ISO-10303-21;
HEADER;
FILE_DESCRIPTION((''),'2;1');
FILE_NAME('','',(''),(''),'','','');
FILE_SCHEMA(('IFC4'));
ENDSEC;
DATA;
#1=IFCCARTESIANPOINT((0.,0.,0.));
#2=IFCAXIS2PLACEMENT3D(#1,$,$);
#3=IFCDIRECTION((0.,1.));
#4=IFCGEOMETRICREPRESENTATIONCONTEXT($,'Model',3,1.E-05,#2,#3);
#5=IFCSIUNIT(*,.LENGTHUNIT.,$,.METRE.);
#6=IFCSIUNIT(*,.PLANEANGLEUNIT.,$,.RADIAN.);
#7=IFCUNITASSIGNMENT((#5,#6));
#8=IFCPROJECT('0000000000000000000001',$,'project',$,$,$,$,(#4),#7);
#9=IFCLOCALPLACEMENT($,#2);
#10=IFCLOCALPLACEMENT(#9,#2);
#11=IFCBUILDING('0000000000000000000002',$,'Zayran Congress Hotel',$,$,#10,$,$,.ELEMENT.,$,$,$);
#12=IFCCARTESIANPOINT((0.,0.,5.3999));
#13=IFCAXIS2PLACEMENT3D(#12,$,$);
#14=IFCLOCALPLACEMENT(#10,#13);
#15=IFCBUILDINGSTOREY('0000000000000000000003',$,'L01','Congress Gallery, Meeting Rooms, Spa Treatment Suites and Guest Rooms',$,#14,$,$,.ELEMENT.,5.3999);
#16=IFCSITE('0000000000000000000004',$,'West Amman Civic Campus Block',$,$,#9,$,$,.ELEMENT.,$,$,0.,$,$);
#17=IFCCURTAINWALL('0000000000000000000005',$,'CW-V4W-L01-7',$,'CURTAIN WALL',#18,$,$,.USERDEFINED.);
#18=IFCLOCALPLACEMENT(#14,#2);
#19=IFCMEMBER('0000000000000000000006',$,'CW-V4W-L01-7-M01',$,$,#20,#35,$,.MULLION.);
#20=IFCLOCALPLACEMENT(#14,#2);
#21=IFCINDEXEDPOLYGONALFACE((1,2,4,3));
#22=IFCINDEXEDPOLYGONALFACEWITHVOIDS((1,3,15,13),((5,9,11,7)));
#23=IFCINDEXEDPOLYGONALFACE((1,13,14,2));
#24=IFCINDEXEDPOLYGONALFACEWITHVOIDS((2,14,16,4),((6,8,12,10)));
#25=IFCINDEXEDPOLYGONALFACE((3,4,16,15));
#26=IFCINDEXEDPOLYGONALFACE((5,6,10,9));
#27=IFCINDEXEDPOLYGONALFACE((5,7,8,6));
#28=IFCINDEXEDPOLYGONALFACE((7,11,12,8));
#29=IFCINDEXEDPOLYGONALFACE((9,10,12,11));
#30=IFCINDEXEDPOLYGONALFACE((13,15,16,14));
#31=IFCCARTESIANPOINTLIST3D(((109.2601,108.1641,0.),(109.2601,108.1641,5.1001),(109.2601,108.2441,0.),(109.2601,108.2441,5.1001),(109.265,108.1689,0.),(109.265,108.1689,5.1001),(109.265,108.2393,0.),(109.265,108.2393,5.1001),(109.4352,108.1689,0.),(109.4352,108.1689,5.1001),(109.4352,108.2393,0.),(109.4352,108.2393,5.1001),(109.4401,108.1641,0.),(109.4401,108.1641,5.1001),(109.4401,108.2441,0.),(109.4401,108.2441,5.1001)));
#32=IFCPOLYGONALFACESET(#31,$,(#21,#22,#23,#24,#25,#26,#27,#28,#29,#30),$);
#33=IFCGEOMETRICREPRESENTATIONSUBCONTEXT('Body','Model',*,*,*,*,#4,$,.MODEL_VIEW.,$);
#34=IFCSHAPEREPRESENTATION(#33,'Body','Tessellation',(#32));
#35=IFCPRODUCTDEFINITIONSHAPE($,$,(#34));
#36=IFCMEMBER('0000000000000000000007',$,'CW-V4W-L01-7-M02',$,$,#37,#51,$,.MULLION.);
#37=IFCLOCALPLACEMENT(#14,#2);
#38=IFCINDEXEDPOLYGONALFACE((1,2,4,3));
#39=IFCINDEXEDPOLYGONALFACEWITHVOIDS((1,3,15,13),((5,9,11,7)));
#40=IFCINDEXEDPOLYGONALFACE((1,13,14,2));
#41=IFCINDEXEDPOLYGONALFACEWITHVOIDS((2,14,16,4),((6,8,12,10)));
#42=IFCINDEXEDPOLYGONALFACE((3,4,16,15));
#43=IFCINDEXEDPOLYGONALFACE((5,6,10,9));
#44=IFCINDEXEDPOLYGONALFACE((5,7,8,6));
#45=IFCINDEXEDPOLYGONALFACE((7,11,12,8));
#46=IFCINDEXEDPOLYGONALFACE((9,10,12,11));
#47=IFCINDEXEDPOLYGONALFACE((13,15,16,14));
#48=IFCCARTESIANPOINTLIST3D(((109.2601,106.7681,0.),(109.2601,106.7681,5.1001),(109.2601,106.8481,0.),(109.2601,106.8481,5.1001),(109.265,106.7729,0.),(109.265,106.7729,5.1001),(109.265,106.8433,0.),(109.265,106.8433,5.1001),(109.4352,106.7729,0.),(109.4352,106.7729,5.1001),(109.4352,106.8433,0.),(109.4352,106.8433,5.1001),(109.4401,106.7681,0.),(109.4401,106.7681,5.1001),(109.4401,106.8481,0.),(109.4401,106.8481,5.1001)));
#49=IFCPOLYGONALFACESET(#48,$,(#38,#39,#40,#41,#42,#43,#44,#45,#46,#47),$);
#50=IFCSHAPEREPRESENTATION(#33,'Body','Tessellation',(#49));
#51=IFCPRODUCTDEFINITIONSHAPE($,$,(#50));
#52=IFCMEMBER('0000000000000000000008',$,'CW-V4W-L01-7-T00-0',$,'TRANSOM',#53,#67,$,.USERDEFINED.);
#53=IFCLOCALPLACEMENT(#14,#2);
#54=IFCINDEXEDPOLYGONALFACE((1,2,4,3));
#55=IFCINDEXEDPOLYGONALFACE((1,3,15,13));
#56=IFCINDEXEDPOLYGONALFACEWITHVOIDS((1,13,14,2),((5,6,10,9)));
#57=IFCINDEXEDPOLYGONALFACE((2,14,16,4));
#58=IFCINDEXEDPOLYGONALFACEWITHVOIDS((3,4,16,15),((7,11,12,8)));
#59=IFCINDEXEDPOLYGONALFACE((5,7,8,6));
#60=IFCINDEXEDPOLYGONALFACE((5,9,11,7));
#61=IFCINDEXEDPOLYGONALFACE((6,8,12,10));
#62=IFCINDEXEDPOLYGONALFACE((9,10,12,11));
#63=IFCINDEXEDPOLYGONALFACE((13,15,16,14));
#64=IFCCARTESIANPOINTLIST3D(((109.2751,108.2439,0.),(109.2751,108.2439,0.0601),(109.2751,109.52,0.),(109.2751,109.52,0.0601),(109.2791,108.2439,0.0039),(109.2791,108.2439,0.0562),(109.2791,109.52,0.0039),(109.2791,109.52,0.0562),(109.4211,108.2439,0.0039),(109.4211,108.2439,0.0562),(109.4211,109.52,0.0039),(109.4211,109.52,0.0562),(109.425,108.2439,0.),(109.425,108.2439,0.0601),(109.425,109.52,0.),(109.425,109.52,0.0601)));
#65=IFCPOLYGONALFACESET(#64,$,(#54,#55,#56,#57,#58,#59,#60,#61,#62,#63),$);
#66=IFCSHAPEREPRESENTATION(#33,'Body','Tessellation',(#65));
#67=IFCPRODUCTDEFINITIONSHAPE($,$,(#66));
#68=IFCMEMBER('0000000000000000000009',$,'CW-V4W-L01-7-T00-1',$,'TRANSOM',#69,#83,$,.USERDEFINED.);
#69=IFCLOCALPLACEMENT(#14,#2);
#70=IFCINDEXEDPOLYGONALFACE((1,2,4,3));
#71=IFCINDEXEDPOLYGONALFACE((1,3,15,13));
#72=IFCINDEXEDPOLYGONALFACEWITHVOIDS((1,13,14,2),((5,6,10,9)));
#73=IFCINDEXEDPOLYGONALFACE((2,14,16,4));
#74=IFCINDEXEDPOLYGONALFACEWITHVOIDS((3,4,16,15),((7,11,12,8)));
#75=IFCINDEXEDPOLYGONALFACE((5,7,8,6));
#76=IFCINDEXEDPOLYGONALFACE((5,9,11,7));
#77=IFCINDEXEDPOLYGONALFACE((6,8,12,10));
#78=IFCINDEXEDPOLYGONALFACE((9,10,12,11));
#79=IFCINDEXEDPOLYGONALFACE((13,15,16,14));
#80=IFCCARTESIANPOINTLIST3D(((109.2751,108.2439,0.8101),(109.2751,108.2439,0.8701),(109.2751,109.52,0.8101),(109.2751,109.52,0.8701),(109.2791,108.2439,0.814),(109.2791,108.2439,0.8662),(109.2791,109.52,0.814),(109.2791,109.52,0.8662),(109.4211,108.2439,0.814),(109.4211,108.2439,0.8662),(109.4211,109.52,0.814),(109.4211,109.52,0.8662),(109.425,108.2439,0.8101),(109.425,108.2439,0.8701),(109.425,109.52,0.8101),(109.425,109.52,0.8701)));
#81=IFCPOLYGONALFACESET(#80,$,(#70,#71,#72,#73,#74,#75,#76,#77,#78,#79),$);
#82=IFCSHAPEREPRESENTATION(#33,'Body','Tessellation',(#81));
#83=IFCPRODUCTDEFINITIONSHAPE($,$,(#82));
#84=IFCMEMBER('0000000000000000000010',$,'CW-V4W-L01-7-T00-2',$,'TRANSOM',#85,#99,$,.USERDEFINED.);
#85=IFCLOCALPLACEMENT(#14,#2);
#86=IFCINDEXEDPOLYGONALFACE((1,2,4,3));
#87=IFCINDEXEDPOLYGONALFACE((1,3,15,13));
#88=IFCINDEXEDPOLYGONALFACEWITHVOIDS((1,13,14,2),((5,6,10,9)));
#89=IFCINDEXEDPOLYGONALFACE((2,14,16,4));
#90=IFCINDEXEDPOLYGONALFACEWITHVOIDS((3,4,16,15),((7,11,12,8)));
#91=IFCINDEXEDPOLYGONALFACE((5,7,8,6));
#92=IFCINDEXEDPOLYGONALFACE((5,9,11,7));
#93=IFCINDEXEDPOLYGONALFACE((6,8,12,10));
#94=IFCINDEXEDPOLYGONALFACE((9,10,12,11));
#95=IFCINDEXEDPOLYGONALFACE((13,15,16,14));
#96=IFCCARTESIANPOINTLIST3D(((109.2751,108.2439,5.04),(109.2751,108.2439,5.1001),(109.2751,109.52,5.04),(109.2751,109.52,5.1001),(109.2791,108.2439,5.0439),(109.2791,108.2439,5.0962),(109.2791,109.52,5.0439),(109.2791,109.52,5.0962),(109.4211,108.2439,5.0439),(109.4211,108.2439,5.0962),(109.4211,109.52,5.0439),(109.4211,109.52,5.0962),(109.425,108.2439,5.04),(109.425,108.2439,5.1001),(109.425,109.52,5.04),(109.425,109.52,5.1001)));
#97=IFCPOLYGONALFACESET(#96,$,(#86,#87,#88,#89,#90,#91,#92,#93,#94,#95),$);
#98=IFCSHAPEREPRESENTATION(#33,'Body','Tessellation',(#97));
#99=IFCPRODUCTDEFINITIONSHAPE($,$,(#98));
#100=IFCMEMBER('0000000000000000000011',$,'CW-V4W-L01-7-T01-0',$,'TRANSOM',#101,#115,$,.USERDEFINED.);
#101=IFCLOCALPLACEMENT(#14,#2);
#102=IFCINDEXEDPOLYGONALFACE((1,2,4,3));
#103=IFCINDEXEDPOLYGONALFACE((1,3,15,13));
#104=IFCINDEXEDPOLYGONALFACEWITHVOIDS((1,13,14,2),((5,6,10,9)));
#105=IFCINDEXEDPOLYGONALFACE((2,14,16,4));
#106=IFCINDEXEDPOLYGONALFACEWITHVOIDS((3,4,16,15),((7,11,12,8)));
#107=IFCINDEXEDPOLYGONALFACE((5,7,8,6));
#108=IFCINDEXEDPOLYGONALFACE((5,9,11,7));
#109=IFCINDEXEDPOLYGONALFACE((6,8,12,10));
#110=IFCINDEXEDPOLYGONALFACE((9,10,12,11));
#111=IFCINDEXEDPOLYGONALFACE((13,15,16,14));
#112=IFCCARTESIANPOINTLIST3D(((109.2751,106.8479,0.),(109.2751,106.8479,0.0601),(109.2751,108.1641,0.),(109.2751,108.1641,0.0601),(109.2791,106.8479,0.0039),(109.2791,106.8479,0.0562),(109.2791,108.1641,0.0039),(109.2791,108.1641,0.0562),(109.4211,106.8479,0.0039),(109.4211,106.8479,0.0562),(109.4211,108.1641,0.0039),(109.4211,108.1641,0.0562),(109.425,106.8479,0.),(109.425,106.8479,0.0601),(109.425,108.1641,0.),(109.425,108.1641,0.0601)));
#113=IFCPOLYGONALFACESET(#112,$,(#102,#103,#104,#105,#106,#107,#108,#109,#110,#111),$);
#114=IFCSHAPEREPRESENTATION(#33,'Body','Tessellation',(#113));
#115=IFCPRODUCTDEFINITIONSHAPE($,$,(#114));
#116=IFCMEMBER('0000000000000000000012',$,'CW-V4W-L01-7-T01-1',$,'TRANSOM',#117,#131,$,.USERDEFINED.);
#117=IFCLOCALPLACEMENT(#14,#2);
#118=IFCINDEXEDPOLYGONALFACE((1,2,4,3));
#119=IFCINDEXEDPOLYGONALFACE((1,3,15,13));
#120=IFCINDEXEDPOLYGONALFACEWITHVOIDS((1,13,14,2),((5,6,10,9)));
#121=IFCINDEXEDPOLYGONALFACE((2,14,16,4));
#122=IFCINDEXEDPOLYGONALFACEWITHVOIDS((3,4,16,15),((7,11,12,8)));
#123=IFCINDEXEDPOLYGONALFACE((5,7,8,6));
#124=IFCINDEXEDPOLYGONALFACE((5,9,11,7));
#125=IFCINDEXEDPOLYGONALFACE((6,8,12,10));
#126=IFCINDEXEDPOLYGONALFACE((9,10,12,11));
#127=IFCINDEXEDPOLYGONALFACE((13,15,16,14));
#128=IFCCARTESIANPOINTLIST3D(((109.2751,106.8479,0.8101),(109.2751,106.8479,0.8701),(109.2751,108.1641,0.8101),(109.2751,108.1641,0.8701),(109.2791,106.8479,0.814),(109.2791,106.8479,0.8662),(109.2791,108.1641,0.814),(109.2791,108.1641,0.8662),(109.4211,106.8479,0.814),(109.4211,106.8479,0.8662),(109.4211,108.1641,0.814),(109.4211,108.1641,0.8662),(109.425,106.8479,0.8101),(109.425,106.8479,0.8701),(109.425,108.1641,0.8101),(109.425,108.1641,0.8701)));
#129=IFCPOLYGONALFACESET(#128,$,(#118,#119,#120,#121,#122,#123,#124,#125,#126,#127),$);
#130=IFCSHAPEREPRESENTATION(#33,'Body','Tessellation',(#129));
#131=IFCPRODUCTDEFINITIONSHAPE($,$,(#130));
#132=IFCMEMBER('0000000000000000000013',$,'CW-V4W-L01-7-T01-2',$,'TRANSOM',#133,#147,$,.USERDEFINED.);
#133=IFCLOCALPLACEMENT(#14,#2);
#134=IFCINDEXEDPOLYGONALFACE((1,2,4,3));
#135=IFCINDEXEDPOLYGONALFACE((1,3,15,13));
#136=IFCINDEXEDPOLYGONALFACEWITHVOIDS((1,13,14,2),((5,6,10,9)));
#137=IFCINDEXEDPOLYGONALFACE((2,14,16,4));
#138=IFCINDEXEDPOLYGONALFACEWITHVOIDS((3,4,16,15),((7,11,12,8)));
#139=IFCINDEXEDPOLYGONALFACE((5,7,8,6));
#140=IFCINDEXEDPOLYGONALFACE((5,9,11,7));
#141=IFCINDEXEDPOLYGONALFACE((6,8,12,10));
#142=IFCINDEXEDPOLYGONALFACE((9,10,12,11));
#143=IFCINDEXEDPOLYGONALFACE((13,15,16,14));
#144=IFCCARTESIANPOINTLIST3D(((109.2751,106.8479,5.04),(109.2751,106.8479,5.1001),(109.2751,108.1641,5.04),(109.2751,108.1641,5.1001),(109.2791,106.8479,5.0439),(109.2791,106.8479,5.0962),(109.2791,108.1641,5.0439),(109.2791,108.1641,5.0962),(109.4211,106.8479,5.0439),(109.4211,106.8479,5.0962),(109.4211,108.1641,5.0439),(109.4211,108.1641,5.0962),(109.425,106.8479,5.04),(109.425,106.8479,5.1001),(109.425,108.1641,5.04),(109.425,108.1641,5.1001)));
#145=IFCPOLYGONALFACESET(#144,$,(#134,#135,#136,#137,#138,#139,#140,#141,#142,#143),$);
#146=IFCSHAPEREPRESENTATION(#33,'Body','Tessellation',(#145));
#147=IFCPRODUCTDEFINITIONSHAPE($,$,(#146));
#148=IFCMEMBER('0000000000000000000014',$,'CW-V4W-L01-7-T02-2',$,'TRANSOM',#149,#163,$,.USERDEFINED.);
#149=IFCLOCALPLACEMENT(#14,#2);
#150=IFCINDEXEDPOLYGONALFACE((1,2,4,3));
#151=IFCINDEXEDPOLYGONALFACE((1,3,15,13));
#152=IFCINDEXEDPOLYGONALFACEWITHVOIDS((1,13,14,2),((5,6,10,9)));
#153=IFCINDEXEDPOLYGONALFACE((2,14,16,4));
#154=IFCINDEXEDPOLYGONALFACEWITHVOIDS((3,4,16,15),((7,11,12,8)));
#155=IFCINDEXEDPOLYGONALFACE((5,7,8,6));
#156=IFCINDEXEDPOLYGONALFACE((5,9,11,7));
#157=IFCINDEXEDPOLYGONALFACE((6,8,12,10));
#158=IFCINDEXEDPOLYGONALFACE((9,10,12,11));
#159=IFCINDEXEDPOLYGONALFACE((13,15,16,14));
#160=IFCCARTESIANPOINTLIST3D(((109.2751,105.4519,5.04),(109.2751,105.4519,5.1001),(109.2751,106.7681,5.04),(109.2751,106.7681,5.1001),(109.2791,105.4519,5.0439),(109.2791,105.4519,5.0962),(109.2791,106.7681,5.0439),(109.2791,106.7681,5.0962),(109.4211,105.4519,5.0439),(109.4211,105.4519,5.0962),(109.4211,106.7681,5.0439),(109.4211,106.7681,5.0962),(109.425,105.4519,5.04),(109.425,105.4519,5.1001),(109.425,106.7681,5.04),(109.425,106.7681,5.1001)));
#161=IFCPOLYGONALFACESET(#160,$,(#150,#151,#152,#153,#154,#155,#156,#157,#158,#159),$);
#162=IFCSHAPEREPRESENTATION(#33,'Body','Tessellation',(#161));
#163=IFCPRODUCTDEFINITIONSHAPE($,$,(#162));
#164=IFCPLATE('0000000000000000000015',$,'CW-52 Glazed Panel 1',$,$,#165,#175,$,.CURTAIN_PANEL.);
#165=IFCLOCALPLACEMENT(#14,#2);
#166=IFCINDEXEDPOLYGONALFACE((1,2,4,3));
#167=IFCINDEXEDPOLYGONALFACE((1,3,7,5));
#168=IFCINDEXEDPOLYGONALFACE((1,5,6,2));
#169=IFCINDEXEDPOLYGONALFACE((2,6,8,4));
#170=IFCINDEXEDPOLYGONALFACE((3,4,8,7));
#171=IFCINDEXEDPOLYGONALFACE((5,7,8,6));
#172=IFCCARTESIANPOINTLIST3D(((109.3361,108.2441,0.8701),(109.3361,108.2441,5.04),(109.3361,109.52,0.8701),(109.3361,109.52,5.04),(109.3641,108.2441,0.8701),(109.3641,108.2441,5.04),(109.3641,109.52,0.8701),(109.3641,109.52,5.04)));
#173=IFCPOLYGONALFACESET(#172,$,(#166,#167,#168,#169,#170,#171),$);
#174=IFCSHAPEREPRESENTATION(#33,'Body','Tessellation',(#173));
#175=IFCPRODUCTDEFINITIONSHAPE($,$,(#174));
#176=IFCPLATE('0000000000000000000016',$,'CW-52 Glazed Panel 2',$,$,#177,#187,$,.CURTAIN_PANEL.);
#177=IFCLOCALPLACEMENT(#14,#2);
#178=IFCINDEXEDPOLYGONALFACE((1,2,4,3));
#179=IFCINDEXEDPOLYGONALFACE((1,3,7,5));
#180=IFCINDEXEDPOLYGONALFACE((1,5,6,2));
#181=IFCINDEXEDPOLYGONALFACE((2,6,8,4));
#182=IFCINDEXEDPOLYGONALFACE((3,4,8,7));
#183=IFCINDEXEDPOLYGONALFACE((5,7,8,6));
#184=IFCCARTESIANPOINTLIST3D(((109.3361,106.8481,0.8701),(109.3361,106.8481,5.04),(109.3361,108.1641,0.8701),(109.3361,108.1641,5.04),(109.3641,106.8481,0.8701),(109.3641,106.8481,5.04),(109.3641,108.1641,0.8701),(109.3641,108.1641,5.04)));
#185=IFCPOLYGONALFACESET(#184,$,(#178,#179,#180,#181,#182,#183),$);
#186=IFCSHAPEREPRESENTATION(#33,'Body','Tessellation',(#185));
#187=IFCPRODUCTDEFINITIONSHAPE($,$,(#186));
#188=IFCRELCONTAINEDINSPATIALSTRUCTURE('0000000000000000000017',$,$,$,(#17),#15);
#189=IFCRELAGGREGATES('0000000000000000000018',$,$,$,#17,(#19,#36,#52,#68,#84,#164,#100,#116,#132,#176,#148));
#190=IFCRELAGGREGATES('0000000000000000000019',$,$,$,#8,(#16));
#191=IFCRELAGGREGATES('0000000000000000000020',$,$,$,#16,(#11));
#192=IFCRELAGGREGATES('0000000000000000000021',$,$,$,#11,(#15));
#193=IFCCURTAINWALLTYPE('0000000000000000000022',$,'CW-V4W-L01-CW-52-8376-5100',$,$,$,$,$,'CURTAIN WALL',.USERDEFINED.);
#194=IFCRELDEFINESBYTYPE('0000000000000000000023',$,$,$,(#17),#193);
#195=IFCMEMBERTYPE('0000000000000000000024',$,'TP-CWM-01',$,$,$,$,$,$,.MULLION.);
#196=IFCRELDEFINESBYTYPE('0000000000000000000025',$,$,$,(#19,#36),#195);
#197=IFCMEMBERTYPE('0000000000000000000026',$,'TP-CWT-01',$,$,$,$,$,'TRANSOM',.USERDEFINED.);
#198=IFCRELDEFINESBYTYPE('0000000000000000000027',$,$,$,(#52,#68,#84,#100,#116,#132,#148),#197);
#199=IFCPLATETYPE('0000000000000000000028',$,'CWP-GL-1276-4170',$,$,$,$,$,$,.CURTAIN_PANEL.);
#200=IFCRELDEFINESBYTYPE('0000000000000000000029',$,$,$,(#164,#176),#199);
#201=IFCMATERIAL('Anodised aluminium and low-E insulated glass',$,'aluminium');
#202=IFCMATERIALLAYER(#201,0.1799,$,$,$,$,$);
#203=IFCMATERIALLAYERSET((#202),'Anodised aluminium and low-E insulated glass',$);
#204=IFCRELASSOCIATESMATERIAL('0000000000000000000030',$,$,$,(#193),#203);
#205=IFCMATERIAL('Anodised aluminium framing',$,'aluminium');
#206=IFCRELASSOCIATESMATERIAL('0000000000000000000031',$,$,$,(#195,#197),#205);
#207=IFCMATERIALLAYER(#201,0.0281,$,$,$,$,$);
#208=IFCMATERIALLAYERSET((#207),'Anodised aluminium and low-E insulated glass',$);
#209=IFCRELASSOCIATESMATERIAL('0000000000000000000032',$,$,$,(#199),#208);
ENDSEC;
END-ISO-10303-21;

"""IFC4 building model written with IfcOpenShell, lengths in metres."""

from ifc_helpers import new_model, si_unit, direction, frame, origin, origin_2d, place, context, subcontext, project, spatial, rectangle, hollow_rectangle, extrude, material, layer, layer_set, material_profile, profile_set, type_object, element, aggregate, save


model = new_model("IFC4")

# Units and contexts
model_context = context("Model", 3, precision=1e-05, world=origin(), true_north=direction((0.0, 1.0)))
body_context = subcontext(model_context, "Body", "Model", "MODEL_VIEW")
ifc_project = project(units=[si_unit("LENGTHUNIT", "METRE"), si_unit("PLANEANGLEUNIT", "RADIAN")], contexts=[model_context])

# Site, building, storey
site_placement = place(None, origin())
site = spatial("IfcSite", under=ifc_project, at=site_placement, Name="West Amman Civic Campus Block", CompositionType="ELEMENT", RefElevation=0.0)
building_placement = place(site_placement, origin())
building = spatial("IfcBuilding", under=site, at=building_placement, Name="Zayran Congress Hotel", CompositionType="ELEMENT")
storey_placement = place(building_placement, frame((0.0, 0.0, 5.3999)))
storey = spatial("IfcBuildingStorey", under=building, at=storey_placement, Name="L01", Description="Congress Gallery, Meeting Rooms, Spa Treatment Suites and Guest Rooms", CompositionType="ELEMENT", Elevation=5.3999)

# Curtain wall, members, plates
ifc_material_1 = material(Name="Anodised aluminium and low-E insulated glass", Category="aluminium")
ifc_layer_1 = layer(ifc_material_1, 0.1799)
ifc_layer_set_1 = layer_set([ifc_layer_1], Name="Anodised aluminium and low-E insulated glass")
curtain_wall_type = type_object("IfcCurtainWallType", Name="CW-V4W-L01-CW-52-8376-5100", ElementType="CURTAIN WALL", PredefinedType="USERDEFINED", material=ifc_layer_set_1)
curtain_wall_placement = place(storey_placement, origin())
curtain_wall = element("IfcCurtainWall", 1, at=curtain_wall_placement, inside=storey, type_object=curtain_wall_type, Name="CW-V4W-L01-7", ObjectType="CURTAIN WALL", PredefinedType="USERDEFINED")
ifc_material_2 = material(Name="Anodised aluminium framing", Category="aluminium")
ifc_material_profile_1 = material_profile(ifc_material_2, hollow_rectangle(XDim=0.0801, YDim=0.1799, WallThickness=0.0049, at=origin_2d()), Name="RHS 180x80x5")
ifc_profile_set_1 = profile_set([ifc_material_profile_1], Name="Anodised aluminium framing")
member_type_1 = type_object("IfcMemberType", Name="TP-CWM-01", PredefinedType="MULLION", material=ifc_profile_set_1)
member_1_placement = place(storey_placement, frame((109.3501, 108.2041, 0.0), z_axis=(0.0, 0.0, 1.0), x_axis=(0.0, 1.0, 0.0)))
member_1 = element("IfcMember", 2, at=member_1_placement, type_object=member_type_1, Name="CW-V4W-L01-7-M01", PredefinedType="MULLION", context=body_context, shape_type="SweptSolid", body=[
    extrude(hollow_rectangle(XDim=0.0801, YDim=0.1799, WallThickness=0.0049, at=origin_2d()), origin(), (0.0, 0.0, 1.0), 5.1001),
])
member_2_placement = place(storey_placement, frame((109.3501, 106.8081, 0.0), z_axis=(0.0, 0.0, 1.0), x_axis=(0.0, 1.0, 0.0)))
member_2 = element("IfcMember", 3, at=member_2_placement, type_object=member_type_1, Name="CW-V4W-L01-7-M02", PredefinedType="MULLION", context=body_context, shape_type="SweptSolid", body=[
    extrude(hollow_rectangle(XDim=0.0801, YDim=0.1799, WallThickness=0.0049, at=origin_2d()), origin(), (0.0, 0.0, 1.0), 5.1001),
])
ifc_material_profile_2 = material_profile(ifc_material_2, hollow_rectangle(XDim=0.0601, YDim=0.1499, WallThickness=0.0039, at=origin_2d()), Name="RHS 150x60x4")
ifc_profile_set_2 = profile_set([ifc_material_profile_2], Name="Anodised aluminium framing")
member_type_2 = type_object("IfcMemberType", Name="TP-CWT-01", ElementType="TRANSOM", PredefinedType="USERDEFINED", material=ifc_profile_set_2)
member_3_placement = place(storey_placement, frame((109.3501, 109.52, 0.03), z_axis=(0.0, -1.0, 0.0), x_axis=(0.0, 0.0, 1.0)))
member_3 = element("IfcMember", 4, at=member_3_placement, type_object=member_type_2, Name="CW-V4W-L01-7-T00-0", ObjectType="TRANSOM", PredefinedType="USERDEFINED", context=body_context, shape_type="SweptSolid", body=[
    extrude(hollow_rectangle(XDim=0.0601, YDim=0.1499, WallThickness=0.0039, at=origin_2d()), origin(), (0.0, 0.0, 1.0), 1.2761),
])
member_4_placement = place(storey_placement, frame((109.3501, 109.52, 0.8401), z_axis=(0.0, -1.0, 0.0), x_axis=(0.0, 0.0, 1.0)))
member_4 = element("IfcMember", 5, at=member_4_placement, type_object=member_type_2, Name="CW-V4W-L01-7-T00-1", ObjectType="TRANSOM", PredefinedType="USERDEFINED", context=body_context, shape_type="SweptSolid", body=[
    extrude(hollow_rectangle(XDim=0.0601, YDim=0.1499, WallThickness=0.0039, at=origin_2d()), origin(), (0.0, 0.0, 1.0), 1.2761),
])
member_5_placement = place(storey_placement, frame((109.3501, 109.52, 5.0701), z_axis=(0.0, -1.0, 0.0), x_axis=(0.0, 0.0, 1.0)))
member_5 = element("IfcMember", 6, at=member_5_placement, type_object=member_type_2, Name="CW-V4W-L01-7-T00-2", ObjectType="TRANSOM", PredefinedType="USERDEFINED", context=body_context, shape_type="SweptSolid", body=[
    extrude(hollow_rectangle(XDim=0.0601, YDim=0.1499, WallThickness=0.0039, at=origin_2d()), origin(), (0.0, 0.0, 1.0), 1.2761),
])
member_6_placement = place(storey_placement, frame((109.3501, 108.1641, 0.03), z_axis=(0.0, -1.0, 0.0), x_axis=(0.0, 0.0, 1.0)))
member_6 = element("IfcMember", 7, at=member_6_placement, type_object=member_type_2, Name="CW-V4W-L01-7-T01-0", ObjectType="TRANSOM", PredefinedType="USERDEFINED", context=body_context, shape_type="SweptSolid", body=[
    extrude(hollow_rectangle(XDim=0.0601, YDim=0.1499, WallThickness=0.0039, at=origin_2d()), origin(), (0.0, 0.0, 1.0), 1.3162),
])
member_7_placement = place(storey_placement, frame((109.3501, 108.1641, 0.8401), z_axis=(0.0, -1.0, 0.0), x_axis=(0.0, 0.0, 1.0)))
member_7 = element("IfcMember", 8, at=member_7_placement, type_object=member_type_2, Name="CW-V4W-L01-7-T01-1", ObjectType="TRANSOM", PredefinedType="USERDEFINED", context=body_context, shape_type="SweptSolid", body=[
    extrude(hollow_rectangle(XDim=0.0601, YDim=0.1499, WallThickness=0.0039, at=origin_2d()), origin(), (0.0, 0.0, 1.0), 1.3162),
])
member_8_placement = place(storey_placement, frame((109.3501, 108.1641, 5.0701), z_axis=(0.0, -1.0, 0.0), x_axis=(0.0, 0.0, 1.0)))
member_8 = element("IfcMember", 9, at=member_8_placement, type_object=member_type_2, Name="CW-V4W-L01-7-T01-2", ObjectType="TRANSOM", PredefinedType="USERDEFINED", context=body_context, shape_type="SweptSolid", body=[
    extrude(hollow_rectangle(XDim=0.0601, YDim=0.1499, WallThickness=0.0039, at=origin_2d()), origin(), (0.0, 0.0, 1.0), 1.3162),
])
member_9_placement = place(storey_placement, frame((109.3501, 106.7681, 5.0701), z_axis=(0.0, -1.0, 0.0), x_axis=(0.0, 0.0, 1.0)))
member_9 = element("IfcMember", 10, at=member_9_placement, type_object=member_type_2, Name="CW-V4W-L01-7-T02-2", ObjectType="TRANSOM", PredefinedType="USERDEFINED", context=body_context, shape_type="SweptSolid", body=[
    extrude(hollow_rectangle(XDim=0.0601, YDim=0.1499, WallThickness=0.0039, at=origin_2d()), origin(), (0.0, 0.0, 1.0), 1.3162),
])
ifc_layer_2 = layer(ifc_material_1, 0.0281)
ifc_layer_set_2 = layer_set([ifc_layer_2], Name="Anodised aluminium and low-E insulated glass")
plate_type_1 = type_object("IfcPlateType", Name="CWP-GL-1276-4170", PredefinedType="CURTAIN_PANEL", material=ifc_layer_set_2)
plate_1_placement = place(storey_placement, frame((109.3501, 108.8821, 0.8701), z_axis=(0.0, 0.0, 1.0), x_axis=(0.0, 1.0, 0.0)))
plate_1 = element("IfcPlate", 11, at=plate_1_placement, type_object=plate_type_1, Name="CW-52 Glazed Panel 1", PredefinedType="CURTAIN_PANEL", context=body_context, shape_type="SweptSolid", body=[
    extrude(rectangle(XDim=1.2759, YDim=0.0281, at=origin_2d()), origin(), (0.0, 0.0, 1.0), 4.1699),
])
plate_2_placement = place(storey_placement, frame((109.3501, 107.5061, 0.8701), z_axis=(0.0, 0.0, 1.0), x_axis=(0.0, 1.0, 0.0)))
plate_2 = element("IfcPlate", 12, at=plate_2_placement, type_object=plate_type_1, Name="CW-52 Glazed Panel 2", PredefinedType="CURTAIN_PANEL", context=body_context, shape_type="SweptSolid", body=[
    extrude(rectangle(XDim=1.3159, YDim=0.0281, at=origin_2d()), origin(), (0.0, 0.0, 1.0), 4.1699),
])
aggregate(curtain_wall, [member_1, member_2, member_3, member_4, member_5, plate_1, member_6, member_7, member_8, plate_2, member_9])

save(model, "model.ifc")
